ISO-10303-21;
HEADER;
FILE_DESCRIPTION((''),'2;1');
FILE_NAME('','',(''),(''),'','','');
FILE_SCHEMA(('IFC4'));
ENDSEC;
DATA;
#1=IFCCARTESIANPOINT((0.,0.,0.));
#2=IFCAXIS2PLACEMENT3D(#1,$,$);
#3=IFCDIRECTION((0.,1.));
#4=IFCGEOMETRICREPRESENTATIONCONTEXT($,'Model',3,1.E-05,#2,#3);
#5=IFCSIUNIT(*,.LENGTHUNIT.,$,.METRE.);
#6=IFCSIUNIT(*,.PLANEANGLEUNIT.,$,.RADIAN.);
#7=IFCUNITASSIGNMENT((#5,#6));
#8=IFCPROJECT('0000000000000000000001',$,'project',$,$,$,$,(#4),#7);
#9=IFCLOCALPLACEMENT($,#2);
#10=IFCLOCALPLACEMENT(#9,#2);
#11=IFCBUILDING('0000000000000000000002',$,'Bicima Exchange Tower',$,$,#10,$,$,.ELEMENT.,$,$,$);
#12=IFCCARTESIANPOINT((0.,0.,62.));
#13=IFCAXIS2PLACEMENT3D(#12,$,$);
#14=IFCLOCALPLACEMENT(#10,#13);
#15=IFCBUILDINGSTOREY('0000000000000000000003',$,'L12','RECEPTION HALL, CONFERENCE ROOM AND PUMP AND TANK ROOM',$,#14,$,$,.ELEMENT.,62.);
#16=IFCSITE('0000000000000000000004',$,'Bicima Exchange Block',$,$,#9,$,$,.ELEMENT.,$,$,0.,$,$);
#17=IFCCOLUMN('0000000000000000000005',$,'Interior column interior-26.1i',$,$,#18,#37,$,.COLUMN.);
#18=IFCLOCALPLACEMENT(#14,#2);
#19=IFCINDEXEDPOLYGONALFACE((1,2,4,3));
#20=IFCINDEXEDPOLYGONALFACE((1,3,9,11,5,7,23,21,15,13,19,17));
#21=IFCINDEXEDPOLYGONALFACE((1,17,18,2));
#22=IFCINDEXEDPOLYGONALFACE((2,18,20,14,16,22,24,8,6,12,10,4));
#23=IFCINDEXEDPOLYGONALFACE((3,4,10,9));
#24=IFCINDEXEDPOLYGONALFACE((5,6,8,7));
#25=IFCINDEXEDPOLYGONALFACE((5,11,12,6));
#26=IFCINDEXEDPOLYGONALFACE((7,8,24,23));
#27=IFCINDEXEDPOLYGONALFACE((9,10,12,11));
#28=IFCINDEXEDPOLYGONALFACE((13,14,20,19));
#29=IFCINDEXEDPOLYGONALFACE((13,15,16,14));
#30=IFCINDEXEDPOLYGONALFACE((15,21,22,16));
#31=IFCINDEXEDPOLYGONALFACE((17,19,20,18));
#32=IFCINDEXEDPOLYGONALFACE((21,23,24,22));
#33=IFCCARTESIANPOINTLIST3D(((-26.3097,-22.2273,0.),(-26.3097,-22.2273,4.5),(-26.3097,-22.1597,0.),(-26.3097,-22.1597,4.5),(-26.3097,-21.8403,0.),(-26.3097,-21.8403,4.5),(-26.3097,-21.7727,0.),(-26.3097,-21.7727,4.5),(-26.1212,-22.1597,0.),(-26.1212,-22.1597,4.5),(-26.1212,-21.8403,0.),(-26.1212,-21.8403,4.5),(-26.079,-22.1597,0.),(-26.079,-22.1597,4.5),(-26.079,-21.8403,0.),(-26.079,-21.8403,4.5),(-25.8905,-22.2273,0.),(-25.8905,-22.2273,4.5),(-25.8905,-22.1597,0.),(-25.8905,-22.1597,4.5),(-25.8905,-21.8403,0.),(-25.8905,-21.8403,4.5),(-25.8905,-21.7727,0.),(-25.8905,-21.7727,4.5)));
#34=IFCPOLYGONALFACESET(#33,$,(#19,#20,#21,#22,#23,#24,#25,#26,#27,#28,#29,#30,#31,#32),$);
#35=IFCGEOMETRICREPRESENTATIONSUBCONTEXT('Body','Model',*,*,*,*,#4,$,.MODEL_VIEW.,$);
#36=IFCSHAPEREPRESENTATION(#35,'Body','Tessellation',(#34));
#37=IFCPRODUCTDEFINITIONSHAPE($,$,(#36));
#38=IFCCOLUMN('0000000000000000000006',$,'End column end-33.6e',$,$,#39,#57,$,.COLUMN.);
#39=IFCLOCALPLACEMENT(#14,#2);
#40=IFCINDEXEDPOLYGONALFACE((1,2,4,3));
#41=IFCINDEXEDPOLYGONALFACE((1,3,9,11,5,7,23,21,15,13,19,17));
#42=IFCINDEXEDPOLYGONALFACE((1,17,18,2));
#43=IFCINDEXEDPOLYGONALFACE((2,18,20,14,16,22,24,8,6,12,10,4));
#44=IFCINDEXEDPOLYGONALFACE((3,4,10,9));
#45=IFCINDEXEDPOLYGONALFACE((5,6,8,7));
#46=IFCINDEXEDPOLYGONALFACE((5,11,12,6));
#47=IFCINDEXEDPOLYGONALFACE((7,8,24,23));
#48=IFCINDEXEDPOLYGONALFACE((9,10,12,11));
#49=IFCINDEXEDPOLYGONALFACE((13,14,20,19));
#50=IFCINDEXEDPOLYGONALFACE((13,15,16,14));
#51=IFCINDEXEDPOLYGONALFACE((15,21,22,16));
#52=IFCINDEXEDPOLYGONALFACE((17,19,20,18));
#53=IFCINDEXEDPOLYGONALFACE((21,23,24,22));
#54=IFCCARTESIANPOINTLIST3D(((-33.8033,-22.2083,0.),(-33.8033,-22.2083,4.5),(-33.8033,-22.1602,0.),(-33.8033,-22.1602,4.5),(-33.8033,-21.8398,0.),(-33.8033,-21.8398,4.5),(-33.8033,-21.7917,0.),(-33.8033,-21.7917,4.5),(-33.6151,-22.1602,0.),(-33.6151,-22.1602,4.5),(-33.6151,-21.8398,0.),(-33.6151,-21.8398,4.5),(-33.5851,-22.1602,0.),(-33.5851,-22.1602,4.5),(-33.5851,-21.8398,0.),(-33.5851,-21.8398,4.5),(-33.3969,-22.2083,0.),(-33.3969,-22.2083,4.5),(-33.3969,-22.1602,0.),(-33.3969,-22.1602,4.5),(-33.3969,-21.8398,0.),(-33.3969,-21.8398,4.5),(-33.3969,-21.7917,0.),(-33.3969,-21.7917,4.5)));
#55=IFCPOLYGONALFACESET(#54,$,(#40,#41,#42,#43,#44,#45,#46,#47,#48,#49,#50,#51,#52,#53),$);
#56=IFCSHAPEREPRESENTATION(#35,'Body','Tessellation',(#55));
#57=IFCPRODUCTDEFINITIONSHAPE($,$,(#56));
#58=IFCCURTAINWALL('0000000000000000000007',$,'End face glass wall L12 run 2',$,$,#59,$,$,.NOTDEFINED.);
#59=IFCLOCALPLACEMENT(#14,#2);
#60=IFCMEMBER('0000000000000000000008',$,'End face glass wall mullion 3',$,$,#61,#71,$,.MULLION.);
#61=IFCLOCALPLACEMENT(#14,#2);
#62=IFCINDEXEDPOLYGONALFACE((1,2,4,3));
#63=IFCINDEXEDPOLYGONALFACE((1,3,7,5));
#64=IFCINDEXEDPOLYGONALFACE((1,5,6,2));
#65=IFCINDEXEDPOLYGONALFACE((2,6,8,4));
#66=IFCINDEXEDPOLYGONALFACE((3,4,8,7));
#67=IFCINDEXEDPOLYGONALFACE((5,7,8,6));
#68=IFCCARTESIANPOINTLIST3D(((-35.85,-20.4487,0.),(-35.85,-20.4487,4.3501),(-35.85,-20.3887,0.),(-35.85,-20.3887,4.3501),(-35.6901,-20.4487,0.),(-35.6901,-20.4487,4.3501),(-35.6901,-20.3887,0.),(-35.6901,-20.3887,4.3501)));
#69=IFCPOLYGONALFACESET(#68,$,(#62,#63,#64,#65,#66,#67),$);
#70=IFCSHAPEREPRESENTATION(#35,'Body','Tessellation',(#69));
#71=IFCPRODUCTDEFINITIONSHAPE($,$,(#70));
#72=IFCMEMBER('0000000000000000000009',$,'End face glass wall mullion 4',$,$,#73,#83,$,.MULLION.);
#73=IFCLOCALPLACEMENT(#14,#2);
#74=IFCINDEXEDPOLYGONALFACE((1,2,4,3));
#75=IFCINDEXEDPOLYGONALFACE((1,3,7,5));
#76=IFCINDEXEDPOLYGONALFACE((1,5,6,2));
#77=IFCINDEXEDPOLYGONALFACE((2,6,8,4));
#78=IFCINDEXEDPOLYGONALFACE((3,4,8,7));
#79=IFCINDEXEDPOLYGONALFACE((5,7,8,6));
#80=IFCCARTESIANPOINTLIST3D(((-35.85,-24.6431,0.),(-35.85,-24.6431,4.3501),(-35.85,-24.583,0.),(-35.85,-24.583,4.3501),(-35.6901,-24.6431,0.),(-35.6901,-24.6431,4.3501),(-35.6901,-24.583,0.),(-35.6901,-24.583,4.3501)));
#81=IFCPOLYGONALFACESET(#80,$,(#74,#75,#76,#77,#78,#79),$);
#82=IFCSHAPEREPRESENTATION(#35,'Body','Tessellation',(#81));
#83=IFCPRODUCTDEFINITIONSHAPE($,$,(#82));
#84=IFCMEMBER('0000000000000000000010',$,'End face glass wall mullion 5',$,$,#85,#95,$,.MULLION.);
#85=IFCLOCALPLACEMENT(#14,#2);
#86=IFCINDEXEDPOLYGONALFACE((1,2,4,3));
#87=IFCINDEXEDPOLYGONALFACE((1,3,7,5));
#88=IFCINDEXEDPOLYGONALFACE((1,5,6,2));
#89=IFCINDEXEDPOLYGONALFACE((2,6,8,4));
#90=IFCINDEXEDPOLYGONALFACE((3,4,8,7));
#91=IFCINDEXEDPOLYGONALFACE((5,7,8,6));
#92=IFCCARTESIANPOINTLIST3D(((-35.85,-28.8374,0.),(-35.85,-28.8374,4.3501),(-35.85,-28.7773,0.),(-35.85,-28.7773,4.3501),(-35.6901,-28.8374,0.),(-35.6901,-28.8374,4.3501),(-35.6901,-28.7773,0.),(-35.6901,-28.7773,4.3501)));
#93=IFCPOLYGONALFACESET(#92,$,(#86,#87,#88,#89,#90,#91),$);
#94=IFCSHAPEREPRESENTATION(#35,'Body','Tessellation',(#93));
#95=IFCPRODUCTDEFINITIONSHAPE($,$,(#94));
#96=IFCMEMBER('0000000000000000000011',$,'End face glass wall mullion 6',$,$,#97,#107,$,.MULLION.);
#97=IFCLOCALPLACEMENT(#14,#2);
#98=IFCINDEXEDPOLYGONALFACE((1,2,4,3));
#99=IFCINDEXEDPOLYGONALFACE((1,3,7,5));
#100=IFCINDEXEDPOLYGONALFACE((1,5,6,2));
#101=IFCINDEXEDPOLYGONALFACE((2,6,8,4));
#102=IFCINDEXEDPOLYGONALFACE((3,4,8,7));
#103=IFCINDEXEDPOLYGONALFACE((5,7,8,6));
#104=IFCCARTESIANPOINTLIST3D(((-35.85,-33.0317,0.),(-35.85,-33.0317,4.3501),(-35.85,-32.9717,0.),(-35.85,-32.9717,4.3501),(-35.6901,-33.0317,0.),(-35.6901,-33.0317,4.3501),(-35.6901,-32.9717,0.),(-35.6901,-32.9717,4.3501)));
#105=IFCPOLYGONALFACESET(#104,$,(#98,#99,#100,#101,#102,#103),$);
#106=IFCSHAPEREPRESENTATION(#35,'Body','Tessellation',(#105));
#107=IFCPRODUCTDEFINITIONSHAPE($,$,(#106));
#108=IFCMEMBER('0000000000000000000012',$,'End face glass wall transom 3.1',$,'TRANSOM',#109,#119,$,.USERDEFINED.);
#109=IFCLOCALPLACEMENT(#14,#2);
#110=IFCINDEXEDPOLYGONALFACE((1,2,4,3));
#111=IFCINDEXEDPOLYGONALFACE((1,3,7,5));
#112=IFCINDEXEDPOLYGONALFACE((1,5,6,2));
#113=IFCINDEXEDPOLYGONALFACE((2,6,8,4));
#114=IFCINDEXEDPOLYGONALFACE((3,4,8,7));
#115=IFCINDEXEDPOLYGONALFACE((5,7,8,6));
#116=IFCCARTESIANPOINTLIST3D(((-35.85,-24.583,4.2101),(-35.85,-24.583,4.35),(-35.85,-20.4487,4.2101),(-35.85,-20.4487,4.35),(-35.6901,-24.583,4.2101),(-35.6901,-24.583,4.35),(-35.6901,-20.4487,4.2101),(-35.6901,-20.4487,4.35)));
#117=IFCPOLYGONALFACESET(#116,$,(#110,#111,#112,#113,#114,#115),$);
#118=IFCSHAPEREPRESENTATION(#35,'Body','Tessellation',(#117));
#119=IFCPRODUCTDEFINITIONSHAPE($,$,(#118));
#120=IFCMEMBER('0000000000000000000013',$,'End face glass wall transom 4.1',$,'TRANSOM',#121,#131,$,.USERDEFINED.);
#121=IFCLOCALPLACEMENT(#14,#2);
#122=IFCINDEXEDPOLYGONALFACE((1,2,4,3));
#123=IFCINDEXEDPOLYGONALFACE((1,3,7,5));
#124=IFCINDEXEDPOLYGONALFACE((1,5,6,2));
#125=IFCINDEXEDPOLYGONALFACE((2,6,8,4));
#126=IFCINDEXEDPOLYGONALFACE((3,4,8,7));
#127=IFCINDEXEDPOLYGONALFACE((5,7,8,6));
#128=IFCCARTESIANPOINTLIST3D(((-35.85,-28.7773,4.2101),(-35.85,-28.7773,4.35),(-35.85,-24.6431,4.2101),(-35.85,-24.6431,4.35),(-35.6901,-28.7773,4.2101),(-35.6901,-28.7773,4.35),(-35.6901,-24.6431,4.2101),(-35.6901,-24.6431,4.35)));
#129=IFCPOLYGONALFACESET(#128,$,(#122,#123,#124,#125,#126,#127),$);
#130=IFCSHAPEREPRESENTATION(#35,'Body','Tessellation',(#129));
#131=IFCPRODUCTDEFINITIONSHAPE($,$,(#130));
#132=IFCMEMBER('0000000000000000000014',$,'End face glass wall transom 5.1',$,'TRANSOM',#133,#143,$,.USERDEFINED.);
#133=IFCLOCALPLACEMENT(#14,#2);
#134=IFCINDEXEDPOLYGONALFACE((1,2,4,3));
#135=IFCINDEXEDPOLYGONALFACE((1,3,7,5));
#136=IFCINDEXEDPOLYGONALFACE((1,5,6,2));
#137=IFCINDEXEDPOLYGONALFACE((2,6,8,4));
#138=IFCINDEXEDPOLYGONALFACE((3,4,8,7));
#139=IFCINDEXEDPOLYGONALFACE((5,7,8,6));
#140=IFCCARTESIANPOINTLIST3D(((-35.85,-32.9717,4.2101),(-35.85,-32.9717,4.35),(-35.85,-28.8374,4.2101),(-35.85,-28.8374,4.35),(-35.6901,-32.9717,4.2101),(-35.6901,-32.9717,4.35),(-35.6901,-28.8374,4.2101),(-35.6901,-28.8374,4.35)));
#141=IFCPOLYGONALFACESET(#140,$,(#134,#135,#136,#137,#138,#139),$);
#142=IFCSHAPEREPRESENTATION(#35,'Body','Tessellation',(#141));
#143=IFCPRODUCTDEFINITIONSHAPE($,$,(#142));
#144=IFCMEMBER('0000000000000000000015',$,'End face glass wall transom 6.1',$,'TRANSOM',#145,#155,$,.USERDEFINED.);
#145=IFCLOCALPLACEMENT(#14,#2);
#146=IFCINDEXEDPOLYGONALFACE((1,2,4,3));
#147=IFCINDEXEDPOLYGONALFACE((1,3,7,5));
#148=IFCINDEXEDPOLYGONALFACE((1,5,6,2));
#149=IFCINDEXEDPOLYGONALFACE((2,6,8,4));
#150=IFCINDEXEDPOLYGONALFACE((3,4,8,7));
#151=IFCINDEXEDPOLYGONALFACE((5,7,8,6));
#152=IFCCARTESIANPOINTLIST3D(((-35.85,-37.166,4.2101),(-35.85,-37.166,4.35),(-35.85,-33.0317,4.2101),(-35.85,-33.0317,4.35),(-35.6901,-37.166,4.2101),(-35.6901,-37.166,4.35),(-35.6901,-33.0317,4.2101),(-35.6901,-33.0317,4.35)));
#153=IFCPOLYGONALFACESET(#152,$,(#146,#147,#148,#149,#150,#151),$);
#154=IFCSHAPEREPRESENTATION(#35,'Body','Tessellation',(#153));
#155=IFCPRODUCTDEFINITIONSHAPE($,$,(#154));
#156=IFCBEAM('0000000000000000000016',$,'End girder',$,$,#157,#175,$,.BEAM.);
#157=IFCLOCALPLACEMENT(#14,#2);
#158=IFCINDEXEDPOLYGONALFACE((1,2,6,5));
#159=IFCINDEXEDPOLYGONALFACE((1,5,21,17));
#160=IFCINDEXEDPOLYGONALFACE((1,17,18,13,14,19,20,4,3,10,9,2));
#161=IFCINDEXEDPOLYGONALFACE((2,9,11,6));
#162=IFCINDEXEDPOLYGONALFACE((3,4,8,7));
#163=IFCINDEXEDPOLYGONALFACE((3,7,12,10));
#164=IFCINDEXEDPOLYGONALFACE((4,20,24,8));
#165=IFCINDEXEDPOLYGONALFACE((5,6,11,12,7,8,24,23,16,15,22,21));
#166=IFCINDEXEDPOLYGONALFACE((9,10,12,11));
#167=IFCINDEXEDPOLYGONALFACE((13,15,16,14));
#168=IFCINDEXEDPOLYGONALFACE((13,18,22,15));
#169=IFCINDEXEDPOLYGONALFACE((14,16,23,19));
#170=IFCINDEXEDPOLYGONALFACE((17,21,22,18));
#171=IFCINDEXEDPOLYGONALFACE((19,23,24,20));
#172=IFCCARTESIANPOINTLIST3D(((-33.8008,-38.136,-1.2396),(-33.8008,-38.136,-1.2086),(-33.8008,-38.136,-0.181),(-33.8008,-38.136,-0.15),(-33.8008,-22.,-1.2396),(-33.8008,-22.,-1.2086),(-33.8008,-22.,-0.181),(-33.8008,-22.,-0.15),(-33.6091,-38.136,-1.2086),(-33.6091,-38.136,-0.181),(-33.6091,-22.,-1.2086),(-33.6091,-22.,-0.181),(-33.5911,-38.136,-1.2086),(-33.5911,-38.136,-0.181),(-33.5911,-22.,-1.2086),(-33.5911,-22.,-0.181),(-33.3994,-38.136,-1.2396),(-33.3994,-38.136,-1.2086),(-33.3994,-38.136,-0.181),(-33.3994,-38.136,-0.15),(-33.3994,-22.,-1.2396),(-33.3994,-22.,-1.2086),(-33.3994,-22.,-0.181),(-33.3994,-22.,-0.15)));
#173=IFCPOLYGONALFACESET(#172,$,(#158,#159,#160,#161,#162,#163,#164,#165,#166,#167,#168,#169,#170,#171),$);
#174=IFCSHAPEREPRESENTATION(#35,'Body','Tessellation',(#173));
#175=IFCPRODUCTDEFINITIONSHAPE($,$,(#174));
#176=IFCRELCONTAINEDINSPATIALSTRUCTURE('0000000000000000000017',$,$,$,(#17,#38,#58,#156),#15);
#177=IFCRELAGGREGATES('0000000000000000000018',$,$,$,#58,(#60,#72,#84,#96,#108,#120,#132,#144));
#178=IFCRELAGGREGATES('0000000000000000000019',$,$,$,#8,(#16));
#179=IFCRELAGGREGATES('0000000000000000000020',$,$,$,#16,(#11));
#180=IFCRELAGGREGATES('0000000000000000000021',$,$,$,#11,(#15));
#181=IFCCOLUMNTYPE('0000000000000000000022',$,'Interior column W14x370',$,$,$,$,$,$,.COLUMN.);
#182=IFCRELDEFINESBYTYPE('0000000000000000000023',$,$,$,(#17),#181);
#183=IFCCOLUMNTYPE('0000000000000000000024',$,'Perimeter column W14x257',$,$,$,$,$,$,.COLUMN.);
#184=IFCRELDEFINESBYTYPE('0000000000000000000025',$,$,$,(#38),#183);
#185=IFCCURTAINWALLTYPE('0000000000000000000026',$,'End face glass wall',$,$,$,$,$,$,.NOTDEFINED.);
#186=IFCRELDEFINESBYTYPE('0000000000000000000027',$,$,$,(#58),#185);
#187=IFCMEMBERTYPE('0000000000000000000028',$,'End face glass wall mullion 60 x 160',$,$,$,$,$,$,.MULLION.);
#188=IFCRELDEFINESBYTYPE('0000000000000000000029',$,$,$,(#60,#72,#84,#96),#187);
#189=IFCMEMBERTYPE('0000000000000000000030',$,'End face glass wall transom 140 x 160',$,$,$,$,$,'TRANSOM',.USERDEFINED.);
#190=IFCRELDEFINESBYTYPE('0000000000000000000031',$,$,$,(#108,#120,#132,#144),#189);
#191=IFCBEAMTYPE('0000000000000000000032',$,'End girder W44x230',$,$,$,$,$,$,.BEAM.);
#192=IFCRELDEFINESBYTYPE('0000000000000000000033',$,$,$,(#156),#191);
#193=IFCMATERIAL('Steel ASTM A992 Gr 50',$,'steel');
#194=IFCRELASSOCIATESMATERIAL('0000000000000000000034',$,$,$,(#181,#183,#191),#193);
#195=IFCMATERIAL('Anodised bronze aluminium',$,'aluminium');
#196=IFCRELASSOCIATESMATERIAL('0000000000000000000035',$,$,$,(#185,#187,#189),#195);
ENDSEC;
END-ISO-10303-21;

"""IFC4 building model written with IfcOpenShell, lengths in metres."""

from ifc_helpers import new_model, si_unit, direction, frame, origin, origin_2d, place, context, subcontext, project, spatial, rectangle, i_section, extrude, material, material_profile, profile_set, type_object, element, aggregate, save


model = new_model("IFC4")

# Units and contexts
model_context = context("Model", 3, precision=1e-05, world=origin(), true_north=direction((0.0, 1.0)))
body_context = subcontext(model_context, "Body", "Model", "MODEL_VIEW")
ifc_project = project(units=[si_unit("LENGTHUNIT", "METRE"), si_unit("PLANEANGLEUNIT", "RADIAN")], contexts=[model_context])

# Site, building, storey
site_placement = place(None, origin())
site = spatial("IfcSite", under=ifc_project, at=site_placement, Name="Bicima Exchange Block", CompositionType="ELEMENT", RefElevation=0.0)
building_placement = place(site_placement, origin())
building = spatial("IfcBuilding", under=site, at=building_placement, Name="Bicima Exchange Tower", CompositionType="ELEMENT")
storey_placement = place(building_placement, frame((0.0, 0.0, 62.0)))
storey = spatial("IfcBuildingStorey", under=building, at=storey_placement, Name="L12", Description="RECEPTION HALL, CONFERENCE ROOM AND PUMP AND TANK ROOM", CompositionType="ELEMENT", Elevation=62.0)

# Columns
ifc_material_1 = material(Name="Steel ASTM A992 Gr 50", Category="steel")
ifc_material_profile_1 = material_profile(ifc_material_1, i_section(OverallWidth=0.4192, OverallDepth=0.4546, WebThickness=0.0422, FlangeThickness=0.0676, at=origin_2d()))
ifc_profile_set_1 = profile_set([ifc_material_profile_1], Name="Steel ASTM A992 Gr 50")
column_type_1 = type_object("IfcColumnType", Name="Interior column W14x370", PredefinedType="COLUMN", material=ifc_profile_set_1)
column_1_placement = place(storey_placement, frame((-26.1001, -22.0, 0.0), z_axis=(0.0, 0.0, 1.0), x_axis=(1.0, 0.0, 0.0)))
element("IfcColumn", 1, at=column_1_placement, inside=storey, type_object=column_type_1, Name="Interior column interior-26.1i", PredefinedType="COLUMN", context=body_context, shape_type="SweptSolid", body=[
    extrude(i_section(OverallWidth=0.4192, OverallDepth=0.4546, WebThickness=0.0422, FlangeThickness=0.0676, at=origin_2d()), origin(), (0.0, 0.0, 1.0), 4.5),
])
ifc_material_profile_2 = material_profile(ifc_material_1, i_section(OverallWidth=0.4065, OverallDepth=0.4165, WebThickness=0.03, FlangeThickness=0.0481, at=origin_2d()))
ifc_profile_set_2 = profile_set([ifc_material_profile_2], Name="Steel ASTM A992 Gr 50")
column_type_2 = type_object("IfcColumnType", Name="Perimeter column W14x257", PredefinedType="COLUMN", material=ifc_profile_set_2)
column_2_placement = place(storey_placement, frame((-33.6001, -22.0, 0.0), z_axis=(0.0, 0.0, 1.0), x_axis=(1.0, 0.0, 0.0)))
element("IfcColumn", 2, at=column_2_placement, inside=storey, type_object=column_type_2, Name="End column end-33.6e", PredefinedType="COLUMN", context=body_context, shape_type="SweptSolid", body=[
    extrude(i_section(OverallWidth=0.4065, OverallDepth=0.4165, WebThickness=0.03, FlangeThickness=0.0481, at=origin_2d()), origin(), (0.0, 0.0, 1.0), 4.5),
])

# Curtain wall, members
ifc_material_2 = material(Name="Anodised bronze aluminium", Category="aluminium")
curtain_wall_type = type_object("IfcCurtainWallType", Name="End face glass wall", PredefinedType="NOTDEFINED", material=ifc_material_2)
curtain_wall_placement = place(storey_placement, origin())
curtain_wall = element("IfcCurtainWall", 3, at=curtain_wall_placement, inside=storey, type_object=curtain_wall_type, Name="End face glass wall L12 run 2", PredefinedType="NOTDEFINED")
ifc_material_profile_3 = material_profile(ifc_material_2, rectangle(XDim=0.1599, YDim=0.0601, at=origin_2d()))
ifc_profile_set_3 = profile_set([ifc_material_profile_3], Name="Anodised bronze aluminium")
member_type_1 = type_object("IfcMemberType", Name="End face glass wall mullion 60 x 160", PredefinedType="MULLION", material=ifc_profile_set_3)
member_1_placement = place(storey_placement, frame((-35.77, -20.4187, 0.0), z_axis=(0.0, 0.0, 1.0), x_axis=(1.0, 0.0, 0.0)))
member_1 = element("IfcMember", 4, at=member_1_placement, type_object=member_type_1, Name="End face glass wall mullion 3", PredefinedType="MULLION", context=body_context, shape_type="SweptSolid", body=[
    extrude(rectangle(XDim=0.1599, YDim=0.0601, at=origin_2d()), origin(), (0.0, 0.0, 1.0), 4.3501),
])
member_2_placement = place(storey_placement, frame((-35.77, -24.613, 0.0), z_axis=(0.0, 0.0, 1.0), x_axis=(1.0, 0.0, 0.0)))
member_2 = element("IfcMember", 5, at=member_2_placement, type_object=member_type_1, Name="End face glass wall mullion 4", PredefinedType="MULLION", context=body_context, shape_type="SweptSolid", body=[
    extrude(rectangle(XDim=0.1599, YDim=0.0601, at=origin_2d()), origin(), (0.0, 0.0, 1.0), 4.3501),
])
member_3_placement = place(storey_placement, frame((-35.77, -28.8074, 0.0), z_axis=(0.0, 0.0, 1.0), x_axis=(1.0, 0.0, 0.0)))
member_3 = element("IfcMember", 6, at=member_3_placement, type_object=member_type_1, Name="End face glass wall mullion 5", PredefinedType="MULLION", context=body_context, shape_type="SweptSolid", body=[
    extrude(rectangle(XDim=0.1599, YDim=0.0601, at=origin_2d()), origin(), (0.0, 0.0, 1.0), 4.3501),
])
member_4_placement = place(storey_placement, frame((-35.77, -33.0017, 0.0), z_axis=(0.0, 0.0, 1.0), x_axis=(1.0, 0.0, 0.0)))
member_4 = element("IfcMember", 7, at=member_4_placement, type_object=member_type_1, Name="End face glass wall mullion 6", PredefinedType="MULLION", context=body_context, shape_type="SweptSolid", body=[
    extrude(rectangle(XDim=0.1599, YDim=0.0601, at=origin_2d()), origin(), (0.0, 0.0, 1.0), 4.3501),
])
ifc_material_profile_4 = material_profile(ifc_material_2, rectangle(XDim=0.1599, YDim=0.1399, at=origin_2d()))
ifc_profile_set_4 = profile_set([ifc_material_profile_4], Name="Anodised bronze aluminium")
member_type_2 = type_object("IfcMemberType", Name="End face glass wall transom 140 x 160", ElementType="TRANSOM", PredefinedType="USERDEFINED", material=ifc_profile_set_4)
member_5_placement = place(storey_placement, frame((-35.77, -20.4487, 4.28), z_axis=(0.0, -1.0, 0.0), x_axis=(1.0, 0.0, 0.0)))
member_5 = element("IfcMember", 8, at=member_5_placement, type_object=member_type_2, Name="End face glass wall transom 3.1", ObjectType="TRANSOM", PredefinedType="USERDEFINED", context=body_context, shape_type="SweptSolid", body=[
    extrude(rectangle(XDim=0.1599, YDim=0.1399, at=origin_2d()), origin(), (0.0, 0.0, 1.0), 4.1343),
])
member_6_placement = place(storey_placement, frame((-35.77, -24.6431, 4.28), z_axis=(0.0, -1.0, 0.0), x_axis=(1.0, 0.0, 0.0)))
member_6 = element("IfcMember", 9, at=member_6_placement, type_object=member_type_2, Name="End face glass wall transom 4.1", ObjectType="TRANSOM", PredefinedType="USERDEFINED", context=body_context, shape_type="SweptSolid", body=[
    extrude(rectangle(XDim=0.1599, YDim=0.1399, at=origin_2d()), origin(), (0.0, 0.0, 1.0), 4.1343),
])
member_7_placement = place(storey_placement, frame((-35.77, -28.8374, 4.28), z_axis=(0.0, -1.0, 0.0), x_axis=(1.0, 0.0, 0.0)))
member_7 = element("IfcMember", 10, at=member_7_placement, type_object=member_type_2, Name="End face glass wall transom 5.1", ObjectType="TRANSOM", PredefinedType="USERDEFINED", context=body_context, shape_type="SweptSolid", body=[
    extrude(rectangle(XDim=0.1599, YDim=0.1399, at=origin_2d()), origin(), (0.0, 0.0, 1.0), 4.1343),
])
member_8_placement = place(storey_placement, frame((-35.77, -33.0317, 4.28), z_axis=(0.0, -1.0, 0.0), x_axis=(1.0, 0.0, 0.0)))
member_8 = element("IfcMember", 11, at=member_8_placement, type_object=member_type_2, Name="End face glass wall transom 6.1", ObjectType="TRANSOM", PredefinedType="USERDEFINED", context=body_context, shape_type="SweptSolid", body=[
    extrude(rectangle(XDim=0.1599, YDim=0.1399, at=origin_2d()), origin(), (0.0, 0.0, 1.0), 4.1343),
])

# Beam
ifc_material_profile_5 = material_profile(ifc_material_1, i_section(OverallWidth=0.4014, OverallDepth=1.0896, WebThickness=0.0181, FlangeThickness=0.031, at=origin_2d()))
ifc_profile_set_5 = profile_set([ifc_material_profile_5], Name="Steel ASTM A992 Gr 50")
beam_type_1 = type_object("IfcBeamType", Name="End girder W44x230", PredefinedType="BEAM", material=ifc_profile_set_5)
beam_1_placement = place(storey_placement, frame((-33.6001, -22.0, -0.6948), z_axis=(0.0, -1.0, 0.0), x_axis=(1.0, 0.0, 0.0)))
element("IfcBeam", 12, at=beam_1_placement, inside=storey, type_object=beam_type_1, Name="End girder", PredefinedType="BEAM", context=body_context, shape_type="SweptSolid", body=[
    extrude(i_section(OverallWidth=0.4014, OverallDepth=1.0896, WebThickness=0.0181, FlangeThickness=0.031, at=origin_2d()), origin(), (0.0, 0.0, 1.0), 16.136),
])

aggregate(curtain_wall, [member_1, member_2, member_3, member_4, member_5, member_6, member_7, member_8])

save(model, "model.ifc")
